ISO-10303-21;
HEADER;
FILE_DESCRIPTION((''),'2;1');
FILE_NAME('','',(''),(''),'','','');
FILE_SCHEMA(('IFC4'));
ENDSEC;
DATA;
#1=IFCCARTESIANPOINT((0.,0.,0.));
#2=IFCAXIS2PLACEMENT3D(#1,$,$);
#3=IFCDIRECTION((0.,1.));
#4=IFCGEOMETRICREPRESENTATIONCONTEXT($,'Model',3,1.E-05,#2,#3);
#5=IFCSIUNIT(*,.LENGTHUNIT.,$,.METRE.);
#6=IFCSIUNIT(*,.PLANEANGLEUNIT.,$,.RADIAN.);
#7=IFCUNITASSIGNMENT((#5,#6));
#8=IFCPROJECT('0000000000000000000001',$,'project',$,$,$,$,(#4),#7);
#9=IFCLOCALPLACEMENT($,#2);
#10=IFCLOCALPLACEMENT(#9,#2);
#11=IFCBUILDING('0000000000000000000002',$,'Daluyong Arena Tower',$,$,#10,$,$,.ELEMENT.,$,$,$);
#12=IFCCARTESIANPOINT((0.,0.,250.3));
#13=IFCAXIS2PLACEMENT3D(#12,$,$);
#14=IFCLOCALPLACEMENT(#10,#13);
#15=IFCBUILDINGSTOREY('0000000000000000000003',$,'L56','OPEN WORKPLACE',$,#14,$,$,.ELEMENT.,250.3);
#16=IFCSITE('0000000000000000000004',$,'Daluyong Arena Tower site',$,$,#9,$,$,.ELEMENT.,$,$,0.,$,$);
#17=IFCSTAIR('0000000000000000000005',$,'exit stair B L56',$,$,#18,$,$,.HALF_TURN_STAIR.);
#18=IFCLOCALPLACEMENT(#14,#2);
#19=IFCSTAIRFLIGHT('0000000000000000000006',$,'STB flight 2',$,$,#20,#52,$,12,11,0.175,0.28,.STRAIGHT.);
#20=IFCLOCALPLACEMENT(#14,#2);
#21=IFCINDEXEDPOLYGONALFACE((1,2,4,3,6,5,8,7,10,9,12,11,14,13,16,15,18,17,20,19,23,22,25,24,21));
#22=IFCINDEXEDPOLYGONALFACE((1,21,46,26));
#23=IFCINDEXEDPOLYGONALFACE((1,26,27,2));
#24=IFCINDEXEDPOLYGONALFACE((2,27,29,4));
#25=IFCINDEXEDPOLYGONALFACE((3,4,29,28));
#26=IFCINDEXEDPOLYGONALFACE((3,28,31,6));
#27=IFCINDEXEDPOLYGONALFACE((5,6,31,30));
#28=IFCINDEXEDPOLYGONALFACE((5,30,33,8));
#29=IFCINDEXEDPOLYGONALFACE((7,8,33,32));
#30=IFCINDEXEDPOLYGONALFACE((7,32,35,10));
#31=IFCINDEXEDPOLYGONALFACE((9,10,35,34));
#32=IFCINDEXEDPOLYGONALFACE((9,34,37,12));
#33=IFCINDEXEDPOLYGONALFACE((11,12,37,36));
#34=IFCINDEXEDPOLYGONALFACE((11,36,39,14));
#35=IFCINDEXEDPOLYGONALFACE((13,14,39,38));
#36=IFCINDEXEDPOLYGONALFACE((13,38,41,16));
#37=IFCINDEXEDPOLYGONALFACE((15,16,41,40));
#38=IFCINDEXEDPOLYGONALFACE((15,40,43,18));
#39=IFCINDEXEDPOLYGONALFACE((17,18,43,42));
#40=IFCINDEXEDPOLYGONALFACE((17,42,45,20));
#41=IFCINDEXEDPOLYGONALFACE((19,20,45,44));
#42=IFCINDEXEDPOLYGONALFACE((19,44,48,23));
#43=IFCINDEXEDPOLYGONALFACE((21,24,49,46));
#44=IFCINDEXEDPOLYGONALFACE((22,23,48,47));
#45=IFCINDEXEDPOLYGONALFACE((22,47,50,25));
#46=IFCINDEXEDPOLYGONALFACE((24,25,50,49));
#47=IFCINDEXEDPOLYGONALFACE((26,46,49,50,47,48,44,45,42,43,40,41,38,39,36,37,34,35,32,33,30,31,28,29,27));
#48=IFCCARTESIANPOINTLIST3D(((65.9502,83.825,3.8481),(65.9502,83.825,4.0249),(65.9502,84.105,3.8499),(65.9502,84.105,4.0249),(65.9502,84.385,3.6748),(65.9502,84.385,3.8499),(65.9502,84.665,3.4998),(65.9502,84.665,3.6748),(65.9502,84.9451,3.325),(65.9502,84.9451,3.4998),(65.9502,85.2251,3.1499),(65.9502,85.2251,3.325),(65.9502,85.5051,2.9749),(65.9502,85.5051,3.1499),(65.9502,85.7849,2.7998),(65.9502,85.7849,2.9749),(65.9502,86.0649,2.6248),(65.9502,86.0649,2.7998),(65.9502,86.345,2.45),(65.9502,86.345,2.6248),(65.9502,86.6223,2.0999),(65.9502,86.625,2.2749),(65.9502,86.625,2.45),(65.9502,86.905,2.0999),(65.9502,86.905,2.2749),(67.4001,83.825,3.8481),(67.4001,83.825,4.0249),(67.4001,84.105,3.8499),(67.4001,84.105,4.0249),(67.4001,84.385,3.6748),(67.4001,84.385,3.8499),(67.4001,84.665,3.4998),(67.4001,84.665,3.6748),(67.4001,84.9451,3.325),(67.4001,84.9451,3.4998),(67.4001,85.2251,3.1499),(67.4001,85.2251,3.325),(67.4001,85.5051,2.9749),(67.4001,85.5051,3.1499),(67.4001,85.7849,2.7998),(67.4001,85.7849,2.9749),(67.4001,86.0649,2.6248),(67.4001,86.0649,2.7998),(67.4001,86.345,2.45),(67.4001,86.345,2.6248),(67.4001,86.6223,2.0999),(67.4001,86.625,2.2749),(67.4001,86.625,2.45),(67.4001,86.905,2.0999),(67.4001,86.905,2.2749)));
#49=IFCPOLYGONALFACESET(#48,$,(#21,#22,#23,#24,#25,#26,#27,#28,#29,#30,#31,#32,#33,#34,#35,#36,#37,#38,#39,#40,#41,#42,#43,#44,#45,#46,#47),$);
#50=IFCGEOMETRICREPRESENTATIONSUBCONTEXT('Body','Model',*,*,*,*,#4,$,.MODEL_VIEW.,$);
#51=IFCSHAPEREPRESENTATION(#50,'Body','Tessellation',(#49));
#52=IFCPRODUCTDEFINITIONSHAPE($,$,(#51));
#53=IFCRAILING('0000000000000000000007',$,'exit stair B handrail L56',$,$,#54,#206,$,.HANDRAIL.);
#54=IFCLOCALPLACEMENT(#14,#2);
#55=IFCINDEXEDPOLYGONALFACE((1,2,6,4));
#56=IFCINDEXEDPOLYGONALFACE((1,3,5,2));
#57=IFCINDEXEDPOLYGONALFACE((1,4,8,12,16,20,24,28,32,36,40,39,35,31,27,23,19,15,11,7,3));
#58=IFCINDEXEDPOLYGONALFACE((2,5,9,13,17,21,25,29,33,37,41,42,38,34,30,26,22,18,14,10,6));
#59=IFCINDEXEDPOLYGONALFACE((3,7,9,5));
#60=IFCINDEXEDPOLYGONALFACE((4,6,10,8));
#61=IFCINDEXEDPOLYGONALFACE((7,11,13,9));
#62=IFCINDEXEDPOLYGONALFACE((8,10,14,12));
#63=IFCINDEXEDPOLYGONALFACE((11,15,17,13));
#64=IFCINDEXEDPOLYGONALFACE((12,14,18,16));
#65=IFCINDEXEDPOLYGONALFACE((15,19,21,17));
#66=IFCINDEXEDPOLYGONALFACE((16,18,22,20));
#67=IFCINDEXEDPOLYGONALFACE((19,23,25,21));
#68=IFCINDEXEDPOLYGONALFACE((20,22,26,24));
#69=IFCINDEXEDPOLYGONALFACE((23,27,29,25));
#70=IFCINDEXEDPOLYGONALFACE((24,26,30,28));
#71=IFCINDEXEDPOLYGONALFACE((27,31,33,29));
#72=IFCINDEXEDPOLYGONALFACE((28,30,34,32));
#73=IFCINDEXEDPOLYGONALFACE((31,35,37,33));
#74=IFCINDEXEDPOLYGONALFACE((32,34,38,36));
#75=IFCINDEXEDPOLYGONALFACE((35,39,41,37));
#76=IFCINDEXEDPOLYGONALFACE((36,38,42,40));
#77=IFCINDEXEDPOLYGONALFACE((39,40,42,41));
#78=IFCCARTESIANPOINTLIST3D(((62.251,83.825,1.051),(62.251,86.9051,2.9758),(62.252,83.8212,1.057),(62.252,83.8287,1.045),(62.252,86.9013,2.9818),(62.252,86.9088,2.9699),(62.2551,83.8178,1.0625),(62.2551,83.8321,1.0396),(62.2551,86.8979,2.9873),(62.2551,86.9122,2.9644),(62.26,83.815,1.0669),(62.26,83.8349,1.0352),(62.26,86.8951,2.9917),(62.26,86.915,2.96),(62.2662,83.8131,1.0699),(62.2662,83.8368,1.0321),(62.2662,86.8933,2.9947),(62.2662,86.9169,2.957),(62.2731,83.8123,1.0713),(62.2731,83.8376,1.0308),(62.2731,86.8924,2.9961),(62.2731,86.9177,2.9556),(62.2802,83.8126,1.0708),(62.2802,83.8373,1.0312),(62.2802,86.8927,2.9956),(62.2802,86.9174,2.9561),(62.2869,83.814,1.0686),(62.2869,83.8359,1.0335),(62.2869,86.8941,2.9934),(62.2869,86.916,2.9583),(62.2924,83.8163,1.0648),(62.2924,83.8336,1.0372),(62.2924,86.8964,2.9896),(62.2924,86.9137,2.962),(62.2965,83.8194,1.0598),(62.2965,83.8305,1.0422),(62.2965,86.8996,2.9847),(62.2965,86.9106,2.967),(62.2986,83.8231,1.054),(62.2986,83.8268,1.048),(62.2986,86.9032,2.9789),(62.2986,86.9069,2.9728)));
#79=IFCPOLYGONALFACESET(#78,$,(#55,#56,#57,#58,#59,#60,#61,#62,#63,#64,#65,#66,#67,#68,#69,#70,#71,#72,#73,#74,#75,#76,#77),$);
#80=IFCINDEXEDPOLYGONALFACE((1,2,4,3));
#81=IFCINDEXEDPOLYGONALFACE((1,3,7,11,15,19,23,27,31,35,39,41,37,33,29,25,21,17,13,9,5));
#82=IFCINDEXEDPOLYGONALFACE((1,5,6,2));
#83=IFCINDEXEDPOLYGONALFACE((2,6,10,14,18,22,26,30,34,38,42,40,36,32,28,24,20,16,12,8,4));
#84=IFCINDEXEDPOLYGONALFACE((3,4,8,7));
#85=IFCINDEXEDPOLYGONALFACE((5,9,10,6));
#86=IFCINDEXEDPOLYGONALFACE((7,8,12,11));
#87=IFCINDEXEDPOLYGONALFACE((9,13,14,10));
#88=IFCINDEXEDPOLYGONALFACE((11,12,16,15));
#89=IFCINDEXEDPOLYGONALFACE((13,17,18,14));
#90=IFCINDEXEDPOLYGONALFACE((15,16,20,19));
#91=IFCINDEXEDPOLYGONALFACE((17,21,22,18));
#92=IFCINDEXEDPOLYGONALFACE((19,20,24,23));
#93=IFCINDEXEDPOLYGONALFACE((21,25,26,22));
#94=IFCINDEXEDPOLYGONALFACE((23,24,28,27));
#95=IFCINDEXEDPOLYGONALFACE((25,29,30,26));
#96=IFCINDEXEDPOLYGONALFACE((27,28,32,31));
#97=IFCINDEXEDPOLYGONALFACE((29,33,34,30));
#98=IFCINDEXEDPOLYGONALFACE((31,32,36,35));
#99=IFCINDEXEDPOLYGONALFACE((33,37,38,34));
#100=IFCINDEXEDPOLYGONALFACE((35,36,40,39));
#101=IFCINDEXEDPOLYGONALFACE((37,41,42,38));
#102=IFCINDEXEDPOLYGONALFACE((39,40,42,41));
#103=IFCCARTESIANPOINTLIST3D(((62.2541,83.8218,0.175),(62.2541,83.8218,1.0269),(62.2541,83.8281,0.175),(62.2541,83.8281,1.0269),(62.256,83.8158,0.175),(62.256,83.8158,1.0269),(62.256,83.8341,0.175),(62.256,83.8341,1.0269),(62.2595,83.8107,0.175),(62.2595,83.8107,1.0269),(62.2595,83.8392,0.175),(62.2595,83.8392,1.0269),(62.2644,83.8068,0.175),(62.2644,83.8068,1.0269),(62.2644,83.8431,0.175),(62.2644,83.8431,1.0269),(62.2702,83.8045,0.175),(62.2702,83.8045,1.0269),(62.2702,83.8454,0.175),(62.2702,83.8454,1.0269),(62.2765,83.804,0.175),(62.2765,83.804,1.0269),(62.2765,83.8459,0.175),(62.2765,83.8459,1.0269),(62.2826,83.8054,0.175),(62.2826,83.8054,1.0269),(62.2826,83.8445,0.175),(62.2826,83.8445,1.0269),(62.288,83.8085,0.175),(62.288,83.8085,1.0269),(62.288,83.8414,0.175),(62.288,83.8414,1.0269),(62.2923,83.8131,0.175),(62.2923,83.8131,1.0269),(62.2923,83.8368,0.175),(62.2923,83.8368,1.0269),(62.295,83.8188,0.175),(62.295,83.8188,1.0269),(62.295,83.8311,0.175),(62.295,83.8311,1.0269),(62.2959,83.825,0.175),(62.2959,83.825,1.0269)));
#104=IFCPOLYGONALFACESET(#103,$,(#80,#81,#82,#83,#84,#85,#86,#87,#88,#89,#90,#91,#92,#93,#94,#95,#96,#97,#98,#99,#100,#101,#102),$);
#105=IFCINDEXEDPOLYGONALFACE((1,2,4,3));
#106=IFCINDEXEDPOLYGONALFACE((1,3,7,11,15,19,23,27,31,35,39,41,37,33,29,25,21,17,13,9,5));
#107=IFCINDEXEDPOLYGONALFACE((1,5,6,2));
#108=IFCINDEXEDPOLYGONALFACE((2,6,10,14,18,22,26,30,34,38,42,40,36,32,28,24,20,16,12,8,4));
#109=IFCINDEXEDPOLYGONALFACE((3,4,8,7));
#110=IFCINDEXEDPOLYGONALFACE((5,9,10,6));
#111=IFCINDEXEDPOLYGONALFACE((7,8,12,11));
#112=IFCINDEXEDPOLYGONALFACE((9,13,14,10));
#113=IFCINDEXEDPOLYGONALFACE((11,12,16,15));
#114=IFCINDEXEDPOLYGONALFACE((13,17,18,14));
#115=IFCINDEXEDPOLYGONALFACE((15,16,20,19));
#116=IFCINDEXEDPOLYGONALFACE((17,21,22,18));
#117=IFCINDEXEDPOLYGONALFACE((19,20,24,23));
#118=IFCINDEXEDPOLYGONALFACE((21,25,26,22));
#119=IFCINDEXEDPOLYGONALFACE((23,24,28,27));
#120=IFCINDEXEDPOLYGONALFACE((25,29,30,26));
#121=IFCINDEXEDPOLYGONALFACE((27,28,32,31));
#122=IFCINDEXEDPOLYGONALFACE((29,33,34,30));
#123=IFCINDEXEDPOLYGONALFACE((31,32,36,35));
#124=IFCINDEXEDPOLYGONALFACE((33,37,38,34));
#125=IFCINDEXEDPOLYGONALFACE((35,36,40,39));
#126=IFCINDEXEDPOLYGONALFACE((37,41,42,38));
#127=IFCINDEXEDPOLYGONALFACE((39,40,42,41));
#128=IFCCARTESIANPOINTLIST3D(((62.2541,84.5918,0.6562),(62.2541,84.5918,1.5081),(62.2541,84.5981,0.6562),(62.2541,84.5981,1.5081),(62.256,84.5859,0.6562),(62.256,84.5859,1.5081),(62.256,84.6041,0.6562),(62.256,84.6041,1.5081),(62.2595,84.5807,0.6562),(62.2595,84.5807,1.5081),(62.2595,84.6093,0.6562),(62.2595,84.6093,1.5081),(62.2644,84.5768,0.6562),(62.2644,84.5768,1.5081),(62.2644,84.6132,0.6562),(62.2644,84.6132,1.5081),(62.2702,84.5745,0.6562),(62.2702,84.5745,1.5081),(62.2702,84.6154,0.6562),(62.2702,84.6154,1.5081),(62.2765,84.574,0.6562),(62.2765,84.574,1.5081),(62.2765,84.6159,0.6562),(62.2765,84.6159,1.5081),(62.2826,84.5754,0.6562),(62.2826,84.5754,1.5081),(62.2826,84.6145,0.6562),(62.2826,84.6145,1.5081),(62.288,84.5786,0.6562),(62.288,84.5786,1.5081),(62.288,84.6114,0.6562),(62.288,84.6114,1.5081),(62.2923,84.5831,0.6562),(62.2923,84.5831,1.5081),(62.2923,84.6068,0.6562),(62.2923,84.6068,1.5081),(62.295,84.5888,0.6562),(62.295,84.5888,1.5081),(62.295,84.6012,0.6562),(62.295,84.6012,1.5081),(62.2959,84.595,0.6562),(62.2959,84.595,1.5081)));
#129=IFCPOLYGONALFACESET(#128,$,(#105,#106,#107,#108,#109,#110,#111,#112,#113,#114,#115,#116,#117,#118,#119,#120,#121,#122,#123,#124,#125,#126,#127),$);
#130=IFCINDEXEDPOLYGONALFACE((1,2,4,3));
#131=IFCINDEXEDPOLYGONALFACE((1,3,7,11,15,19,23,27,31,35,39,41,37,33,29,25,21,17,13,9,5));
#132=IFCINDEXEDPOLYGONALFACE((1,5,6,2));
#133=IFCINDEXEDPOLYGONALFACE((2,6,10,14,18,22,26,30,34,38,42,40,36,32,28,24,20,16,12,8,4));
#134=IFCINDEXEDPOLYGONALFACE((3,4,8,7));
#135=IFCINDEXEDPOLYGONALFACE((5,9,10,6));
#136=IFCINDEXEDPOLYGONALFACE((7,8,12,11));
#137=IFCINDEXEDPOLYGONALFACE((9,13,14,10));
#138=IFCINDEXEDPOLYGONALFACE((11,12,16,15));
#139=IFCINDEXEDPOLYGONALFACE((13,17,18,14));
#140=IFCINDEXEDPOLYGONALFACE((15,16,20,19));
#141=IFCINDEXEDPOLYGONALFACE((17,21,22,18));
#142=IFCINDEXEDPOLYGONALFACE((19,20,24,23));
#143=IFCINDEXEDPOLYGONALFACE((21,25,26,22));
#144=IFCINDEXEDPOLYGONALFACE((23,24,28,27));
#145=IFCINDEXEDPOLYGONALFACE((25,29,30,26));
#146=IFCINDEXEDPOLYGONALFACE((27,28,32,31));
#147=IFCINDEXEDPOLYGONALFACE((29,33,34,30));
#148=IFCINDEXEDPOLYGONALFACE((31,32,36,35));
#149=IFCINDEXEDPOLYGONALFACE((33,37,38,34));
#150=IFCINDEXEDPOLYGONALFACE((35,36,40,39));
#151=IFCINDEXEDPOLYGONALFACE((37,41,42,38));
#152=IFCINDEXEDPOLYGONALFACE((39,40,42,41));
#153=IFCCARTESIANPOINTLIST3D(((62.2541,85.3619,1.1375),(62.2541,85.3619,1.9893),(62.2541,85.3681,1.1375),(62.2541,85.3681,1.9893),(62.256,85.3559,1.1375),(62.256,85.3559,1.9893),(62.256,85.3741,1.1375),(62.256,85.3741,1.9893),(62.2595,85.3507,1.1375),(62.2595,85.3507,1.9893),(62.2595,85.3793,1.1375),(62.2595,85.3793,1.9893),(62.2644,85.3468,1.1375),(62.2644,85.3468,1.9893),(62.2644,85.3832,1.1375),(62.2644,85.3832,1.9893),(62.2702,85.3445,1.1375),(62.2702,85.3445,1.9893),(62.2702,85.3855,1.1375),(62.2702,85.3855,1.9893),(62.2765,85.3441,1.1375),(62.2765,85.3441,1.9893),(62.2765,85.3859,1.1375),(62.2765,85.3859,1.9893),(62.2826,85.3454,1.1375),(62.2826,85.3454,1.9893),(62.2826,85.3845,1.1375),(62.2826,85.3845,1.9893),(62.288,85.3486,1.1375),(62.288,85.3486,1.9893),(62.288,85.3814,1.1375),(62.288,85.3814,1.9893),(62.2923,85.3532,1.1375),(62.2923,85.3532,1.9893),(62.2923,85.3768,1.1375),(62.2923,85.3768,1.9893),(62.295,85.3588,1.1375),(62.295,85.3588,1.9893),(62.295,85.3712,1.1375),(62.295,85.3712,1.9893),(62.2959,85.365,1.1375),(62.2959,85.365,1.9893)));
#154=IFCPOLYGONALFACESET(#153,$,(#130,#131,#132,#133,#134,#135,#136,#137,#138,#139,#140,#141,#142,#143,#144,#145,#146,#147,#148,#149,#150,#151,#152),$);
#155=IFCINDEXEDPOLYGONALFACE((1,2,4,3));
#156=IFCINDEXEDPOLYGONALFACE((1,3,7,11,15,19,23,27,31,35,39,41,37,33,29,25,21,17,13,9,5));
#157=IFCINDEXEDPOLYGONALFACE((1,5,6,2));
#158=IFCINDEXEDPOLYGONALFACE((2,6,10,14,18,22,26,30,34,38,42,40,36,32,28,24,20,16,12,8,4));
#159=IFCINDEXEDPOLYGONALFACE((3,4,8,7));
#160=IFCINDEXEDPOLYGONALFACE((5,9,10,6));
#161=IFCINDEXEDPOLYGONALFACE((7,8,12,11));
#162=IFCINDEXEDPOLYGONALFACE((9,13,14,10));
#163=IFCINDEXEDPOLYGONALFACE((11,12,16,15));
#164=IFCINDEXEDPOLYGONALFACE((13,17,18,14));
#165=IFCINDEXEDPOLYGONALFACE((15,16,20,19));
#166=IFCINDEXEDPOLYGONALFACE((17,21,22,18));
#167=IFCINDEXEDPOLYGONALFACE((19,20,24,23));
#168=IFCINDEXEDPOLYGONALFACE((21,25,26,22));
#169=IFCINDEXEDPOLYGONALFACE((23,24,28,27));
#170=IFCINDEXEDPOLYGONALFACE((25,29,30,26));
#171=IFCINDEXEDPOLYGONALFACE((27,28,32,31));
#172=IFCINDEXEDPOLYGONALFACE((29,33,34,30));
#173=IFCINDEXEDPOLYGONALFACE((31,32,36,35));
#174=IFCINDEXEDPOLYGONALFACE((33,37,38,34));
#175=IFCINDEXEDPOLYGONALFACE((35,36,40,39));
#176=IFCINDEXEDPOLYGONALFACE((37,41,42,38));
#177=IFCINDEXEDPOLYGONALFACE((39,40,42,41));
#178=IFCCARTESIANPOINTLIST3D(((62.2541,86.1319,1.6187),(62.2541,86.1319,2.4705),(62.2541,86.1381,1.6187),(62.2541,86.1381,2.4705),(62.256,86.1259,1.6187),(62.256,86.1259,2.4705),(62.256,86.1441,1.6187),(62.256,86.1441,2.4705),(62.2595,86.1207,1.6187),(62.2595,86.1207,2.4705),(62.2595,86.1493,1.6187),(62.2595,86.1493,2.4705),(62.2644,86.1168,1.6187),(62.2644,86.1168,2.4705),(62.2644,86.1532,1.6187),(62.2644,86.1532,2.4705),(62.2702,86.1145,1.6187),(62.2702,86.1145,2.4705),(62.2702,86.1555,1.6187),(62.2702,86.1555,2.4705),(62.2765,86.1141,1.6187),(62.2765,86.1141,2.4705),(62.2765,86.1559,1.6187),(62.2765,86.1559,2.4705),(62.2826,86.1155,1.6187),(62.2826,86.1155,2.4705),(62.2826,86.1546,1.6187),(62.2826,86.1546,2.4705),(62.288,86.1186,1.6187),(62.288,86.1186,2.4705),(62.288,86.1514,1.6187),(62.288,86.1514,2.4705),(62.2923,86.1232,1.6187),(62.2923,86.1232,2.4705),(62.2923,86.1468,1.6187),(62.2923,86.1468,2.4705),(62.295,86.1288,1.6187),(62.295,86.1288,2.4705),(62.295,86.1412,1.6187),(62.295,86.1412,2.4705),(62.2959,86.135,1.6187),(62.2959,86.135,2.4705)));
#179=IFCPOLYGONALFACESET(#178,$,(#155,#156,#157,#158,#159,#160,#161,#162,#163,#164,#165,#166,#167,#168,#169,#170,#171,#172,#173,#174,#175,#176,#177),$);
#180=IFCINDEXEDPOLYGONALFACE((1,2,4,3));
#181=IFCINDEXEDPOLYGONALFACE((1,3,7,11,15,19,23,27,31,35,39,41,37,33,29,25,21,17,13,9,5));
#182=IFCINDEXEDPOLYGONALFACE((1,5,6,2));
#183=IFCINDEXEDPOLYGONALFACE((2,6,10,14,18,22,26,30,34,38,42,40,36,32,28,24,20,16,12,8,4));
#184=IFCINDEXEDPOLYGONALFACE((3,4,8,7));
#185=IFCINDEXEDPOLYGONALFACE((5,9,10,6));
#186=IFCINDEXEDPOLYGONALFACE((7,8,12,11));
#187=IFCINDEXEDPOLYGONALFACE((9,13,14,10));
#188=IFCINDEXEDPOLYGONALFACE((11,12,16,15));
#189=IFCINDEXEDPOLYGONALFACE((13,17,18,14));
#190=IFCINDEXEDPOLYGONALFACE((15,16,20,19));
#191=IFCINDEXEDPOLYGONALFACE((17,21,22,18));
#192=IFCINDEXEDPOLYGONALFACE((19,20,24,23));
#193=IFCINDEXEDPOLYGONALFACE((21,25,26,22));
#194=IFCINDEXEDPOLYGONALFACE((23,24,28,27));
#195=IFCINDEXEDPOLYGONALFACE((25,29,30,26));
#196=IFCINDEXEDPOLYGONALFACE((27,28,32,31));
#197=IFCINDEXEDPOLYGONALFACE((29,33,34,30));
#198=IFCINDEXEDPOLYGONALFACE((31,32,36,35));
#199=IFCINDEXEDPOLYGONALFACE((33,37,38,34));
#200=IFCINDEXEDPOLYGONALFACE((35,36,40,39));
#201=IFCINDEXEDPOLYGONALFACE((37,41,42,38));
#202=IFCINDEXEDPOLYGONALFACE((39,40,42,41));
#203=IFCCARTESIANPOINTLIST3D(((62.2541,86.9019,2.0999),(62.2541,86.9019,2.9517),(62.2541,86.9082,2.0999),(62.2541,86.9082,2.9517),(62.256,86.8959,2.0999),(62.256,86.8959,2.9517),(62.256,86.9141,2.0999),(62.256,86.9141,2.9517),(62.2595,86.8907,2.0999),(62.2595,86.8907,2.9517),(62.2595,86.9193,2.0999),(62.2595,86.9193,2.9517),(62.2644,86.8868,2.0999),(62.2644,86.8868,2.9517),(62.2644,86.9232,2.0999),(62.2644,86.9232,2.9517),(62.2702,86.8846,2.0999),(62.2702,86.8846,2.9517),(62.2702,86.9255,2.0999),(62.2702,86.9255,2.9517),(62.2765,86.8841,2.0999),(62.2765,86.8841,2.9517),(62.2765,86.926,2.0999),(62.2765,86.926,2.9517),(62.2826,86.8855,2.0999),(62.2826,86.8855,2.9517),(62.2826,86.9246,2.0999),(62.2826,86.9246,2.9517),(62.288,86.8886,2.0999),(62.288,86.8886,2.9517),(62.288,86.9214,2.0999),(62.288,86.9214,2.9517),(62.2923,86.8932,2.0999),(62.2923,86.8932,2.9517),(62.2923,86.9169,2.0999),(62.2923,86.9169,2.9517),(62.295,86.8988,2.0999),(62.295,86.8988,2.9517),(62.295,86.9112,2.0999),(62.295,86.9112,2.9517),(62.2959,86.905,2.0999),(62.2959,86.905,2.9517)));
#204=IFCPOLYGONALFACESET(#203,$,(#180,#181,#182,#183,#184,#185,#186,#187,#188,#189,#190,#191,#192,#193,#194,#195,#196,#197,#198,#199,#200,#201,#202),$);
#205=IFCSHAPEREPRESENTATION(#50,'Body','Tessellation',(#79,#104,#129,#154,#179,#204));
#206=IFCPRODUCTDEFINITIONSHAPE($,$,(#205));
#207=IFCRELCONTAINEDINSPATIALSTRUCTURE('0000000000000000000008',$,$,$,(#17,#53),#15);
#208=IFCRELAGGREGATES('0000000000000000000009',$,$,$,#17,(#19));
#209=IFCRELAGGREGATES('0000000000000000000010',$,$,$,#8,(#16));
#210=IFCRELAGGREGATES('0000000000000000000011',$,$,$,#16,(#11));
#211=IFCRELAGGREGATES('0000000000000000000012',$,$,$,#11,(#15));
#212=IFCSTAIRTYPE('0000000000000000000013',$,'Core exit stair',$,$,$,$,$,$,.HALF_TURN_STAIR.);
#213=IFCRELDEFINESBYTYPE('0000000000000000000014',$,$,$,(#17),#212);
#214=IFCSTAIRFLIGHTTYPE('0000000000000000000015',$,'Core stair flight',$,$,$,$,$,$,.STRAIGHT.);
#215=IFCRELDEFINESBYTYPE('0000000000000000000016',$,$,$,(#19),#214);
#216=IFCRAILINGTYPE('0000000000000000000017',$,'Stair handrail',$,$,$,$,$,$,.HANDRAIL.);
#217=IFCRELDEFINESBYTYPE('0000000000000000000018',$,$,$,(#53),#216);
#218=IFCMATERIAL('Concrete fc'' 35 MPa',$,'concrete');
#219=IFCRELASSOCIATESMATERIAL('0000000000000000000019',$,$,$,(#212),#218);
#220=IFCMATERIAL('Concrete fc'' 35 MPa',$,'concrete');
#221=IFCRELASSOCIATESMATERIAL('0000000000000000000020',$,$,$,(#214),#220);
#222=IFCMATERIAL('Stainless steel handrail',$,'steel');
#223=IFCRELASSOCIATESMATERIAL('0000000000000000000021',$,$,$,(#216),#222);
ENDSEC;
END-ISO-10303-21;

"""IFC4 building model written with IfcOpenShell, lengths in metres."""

from ifc_helpers import new_model, si_unit, direction, frame, origin, origin_2d, place, context, subcontext, project, spatial, polyline, circle, outline, extrude, material, type_object, element, aggregate, save


model = new_model("IFC4")

# Units and contexts
model_context = context("Model", 3, precision=1e-05, world=origin(), true_north=direction((0.0, 1.0)))
body_context = subcontext(model_context, "Body", "Model", "MODEL_VIEW")
ifc_project = project(units=[si_unit("LENGTHUNIT", "METRE"), si_unit("PLANEANGLEUNIT", "RADIAN")], contexts=[model_context])

# Site, building, storey
site_placement = place(None, origin())
site = spatial("IfcSite", under=ifc_project, at=site_placement, Name="Daluyong Arena Tower site", CompositionType="ELEMENT", RefElevation=0.0)
building_placement = place(site_placement, origin())
building = spatial("IfcBuilding", under=site, at=building_placement, Name="Daluyong Arena Tower", CompositionType="ELEMENT")
storey_placement = place(building_placement, frame((0.0, 0.0, 250.3)))
storey = spatial("IfcBuildingStorey", under=building, at=storey_placement, Name="L56", Description="OPEN WORKPLACE", CompositionType="ELEMENT", Elevation=250.3)

# Stair, stair flight
ifc_material_1 = material(Name="Concrete fc' 35 MPa", Category="concrete")
stair_type = type_object("IfcStairType", Name="Core exit stair", PredefinedType="HALF_TURN_STAIR", material=ifc_material_1)
stair_placement = place(storey_placement, origin())
stair = element("IfcStair", 1, at=stair_placement, inside=storey, type_object=stair_type, Name="exit stair B L56", PredefinedType="HALF_TURN_STAIR")
ifc_material_2 = material(Name="Concrete fc' 35 MPa", Category="concrete")
stair_flight_type = type_object("IfcStairFlightType", Name="Core stair flight", PredefinedType="STRAIGHT", material=ifc_material_2)
stair_flight_1_placement = place(storey_placement, frame((66.675, 86.905, 2.0999), z_axis=(0.0, 0.0, 1.0), x_axis=(0.0, -1.0, 0.0)))
stair_flight_1 = element("IfcStairFlight", 2, at=stair_flight_1_placement, type_object=stair_flight_type, Name="STB flight 2", NumberOfRisers=12, NumberOfTreads=11, PredefinedType="STRAIGHT", RiserHeight=0.175, TreadLength=0.28, context=body_context, shape_type="SweptSolid", body=[
    extrude(outline(polyline([(0.0, 0.0), (0.0, 0.175), (0.28, 0.175), (0.28, 0.3501), (0.5601, 0.3501), (0.5601, 0.5249), (0.8401, 0.5249), (0.8401, 0.7), (1.1201, 0.7), (1.1201, 0.875), (1.3999, 0.875), (1.3999, 1.05), (1.6799, 1.05), (1.6799, 1.2251), (1.96, 1.2251), (1.96, 1.3999), (2.24, 1.3999), (2.24, 1.575), (2.52, 1.575), (2.52, 1.75), (2.8, 1.75), (2.8, 1.925), (3.0801, 1.925), (3.0801, 2.1001), (3.0801, 1.7483), (0.2827, 0.0), (0.0, 0.0)])), frame((0.0, 0.7251, 0.0), z_axis=(0.0, -1.0, 0.0), x_axis=(1.0, 0.0, 0.0)), (0.0, 0.0, 1.0), 1.45),
])
aggregate(stair, [stair_flight_1])

# Railing
ifc_material_3 = material(Name="Stainless steel handrail", Category="steel")
railing_type_1 = type_object("IfcRailingType", Name="Stair handrail", PredefinedType="HANDRAIL", material=ifc_material_3)
railing_1_placement = place(storey_placement, frame((62.2749, 83.825, 0.175)))
element("IfcRailing", 3, at=railing_1_placement, inside=storey, type_object=railing_type_1, Name="exit stair B handrail L56", PredefinedType="HANDRAIL", context=body_context, shape_type="SweptSolid", body=[
    extrude(circle(Radius=0.0239, at=origin_2d()), frame((0.0, 0.0, 0.876), z_axis=(0.0, 0.848029, 0.529951), x_axis=(-1.0, 0.0, 0.0)), (0.0, 0.0, 1.0), 3.6321),
    extrude(circle(Radius=0.021, at=origin_2d()), origin(), (0.0, 0.0, 1.0), 0.8518),
    extrude(circle(Radius=0.021, at=origin_2d()), frame((0.0, 0.77, 0.4812)), (0.0, 0.0, 1.0), 0.8518),
    extrude(circle(Radius=0.021, at=origin_2d()), frame((0.0, 1.54, 0.9624)), (0.0, 0.0, 1.0), 0.8518),
    extrude(circle(Radius=0.021, at=origin_2d()), frame((0.0, 2.3101, 1.4436)), (0.0, 0.0, 1.0), 0.8518),
    extrude(circle(Radius=0.021, at=origin_2d()), frame((0.0, 3.0801, 1.9248)), (0.0, 0.0, 1.0), 0.8518),
])

save(model, "model.ifc")
